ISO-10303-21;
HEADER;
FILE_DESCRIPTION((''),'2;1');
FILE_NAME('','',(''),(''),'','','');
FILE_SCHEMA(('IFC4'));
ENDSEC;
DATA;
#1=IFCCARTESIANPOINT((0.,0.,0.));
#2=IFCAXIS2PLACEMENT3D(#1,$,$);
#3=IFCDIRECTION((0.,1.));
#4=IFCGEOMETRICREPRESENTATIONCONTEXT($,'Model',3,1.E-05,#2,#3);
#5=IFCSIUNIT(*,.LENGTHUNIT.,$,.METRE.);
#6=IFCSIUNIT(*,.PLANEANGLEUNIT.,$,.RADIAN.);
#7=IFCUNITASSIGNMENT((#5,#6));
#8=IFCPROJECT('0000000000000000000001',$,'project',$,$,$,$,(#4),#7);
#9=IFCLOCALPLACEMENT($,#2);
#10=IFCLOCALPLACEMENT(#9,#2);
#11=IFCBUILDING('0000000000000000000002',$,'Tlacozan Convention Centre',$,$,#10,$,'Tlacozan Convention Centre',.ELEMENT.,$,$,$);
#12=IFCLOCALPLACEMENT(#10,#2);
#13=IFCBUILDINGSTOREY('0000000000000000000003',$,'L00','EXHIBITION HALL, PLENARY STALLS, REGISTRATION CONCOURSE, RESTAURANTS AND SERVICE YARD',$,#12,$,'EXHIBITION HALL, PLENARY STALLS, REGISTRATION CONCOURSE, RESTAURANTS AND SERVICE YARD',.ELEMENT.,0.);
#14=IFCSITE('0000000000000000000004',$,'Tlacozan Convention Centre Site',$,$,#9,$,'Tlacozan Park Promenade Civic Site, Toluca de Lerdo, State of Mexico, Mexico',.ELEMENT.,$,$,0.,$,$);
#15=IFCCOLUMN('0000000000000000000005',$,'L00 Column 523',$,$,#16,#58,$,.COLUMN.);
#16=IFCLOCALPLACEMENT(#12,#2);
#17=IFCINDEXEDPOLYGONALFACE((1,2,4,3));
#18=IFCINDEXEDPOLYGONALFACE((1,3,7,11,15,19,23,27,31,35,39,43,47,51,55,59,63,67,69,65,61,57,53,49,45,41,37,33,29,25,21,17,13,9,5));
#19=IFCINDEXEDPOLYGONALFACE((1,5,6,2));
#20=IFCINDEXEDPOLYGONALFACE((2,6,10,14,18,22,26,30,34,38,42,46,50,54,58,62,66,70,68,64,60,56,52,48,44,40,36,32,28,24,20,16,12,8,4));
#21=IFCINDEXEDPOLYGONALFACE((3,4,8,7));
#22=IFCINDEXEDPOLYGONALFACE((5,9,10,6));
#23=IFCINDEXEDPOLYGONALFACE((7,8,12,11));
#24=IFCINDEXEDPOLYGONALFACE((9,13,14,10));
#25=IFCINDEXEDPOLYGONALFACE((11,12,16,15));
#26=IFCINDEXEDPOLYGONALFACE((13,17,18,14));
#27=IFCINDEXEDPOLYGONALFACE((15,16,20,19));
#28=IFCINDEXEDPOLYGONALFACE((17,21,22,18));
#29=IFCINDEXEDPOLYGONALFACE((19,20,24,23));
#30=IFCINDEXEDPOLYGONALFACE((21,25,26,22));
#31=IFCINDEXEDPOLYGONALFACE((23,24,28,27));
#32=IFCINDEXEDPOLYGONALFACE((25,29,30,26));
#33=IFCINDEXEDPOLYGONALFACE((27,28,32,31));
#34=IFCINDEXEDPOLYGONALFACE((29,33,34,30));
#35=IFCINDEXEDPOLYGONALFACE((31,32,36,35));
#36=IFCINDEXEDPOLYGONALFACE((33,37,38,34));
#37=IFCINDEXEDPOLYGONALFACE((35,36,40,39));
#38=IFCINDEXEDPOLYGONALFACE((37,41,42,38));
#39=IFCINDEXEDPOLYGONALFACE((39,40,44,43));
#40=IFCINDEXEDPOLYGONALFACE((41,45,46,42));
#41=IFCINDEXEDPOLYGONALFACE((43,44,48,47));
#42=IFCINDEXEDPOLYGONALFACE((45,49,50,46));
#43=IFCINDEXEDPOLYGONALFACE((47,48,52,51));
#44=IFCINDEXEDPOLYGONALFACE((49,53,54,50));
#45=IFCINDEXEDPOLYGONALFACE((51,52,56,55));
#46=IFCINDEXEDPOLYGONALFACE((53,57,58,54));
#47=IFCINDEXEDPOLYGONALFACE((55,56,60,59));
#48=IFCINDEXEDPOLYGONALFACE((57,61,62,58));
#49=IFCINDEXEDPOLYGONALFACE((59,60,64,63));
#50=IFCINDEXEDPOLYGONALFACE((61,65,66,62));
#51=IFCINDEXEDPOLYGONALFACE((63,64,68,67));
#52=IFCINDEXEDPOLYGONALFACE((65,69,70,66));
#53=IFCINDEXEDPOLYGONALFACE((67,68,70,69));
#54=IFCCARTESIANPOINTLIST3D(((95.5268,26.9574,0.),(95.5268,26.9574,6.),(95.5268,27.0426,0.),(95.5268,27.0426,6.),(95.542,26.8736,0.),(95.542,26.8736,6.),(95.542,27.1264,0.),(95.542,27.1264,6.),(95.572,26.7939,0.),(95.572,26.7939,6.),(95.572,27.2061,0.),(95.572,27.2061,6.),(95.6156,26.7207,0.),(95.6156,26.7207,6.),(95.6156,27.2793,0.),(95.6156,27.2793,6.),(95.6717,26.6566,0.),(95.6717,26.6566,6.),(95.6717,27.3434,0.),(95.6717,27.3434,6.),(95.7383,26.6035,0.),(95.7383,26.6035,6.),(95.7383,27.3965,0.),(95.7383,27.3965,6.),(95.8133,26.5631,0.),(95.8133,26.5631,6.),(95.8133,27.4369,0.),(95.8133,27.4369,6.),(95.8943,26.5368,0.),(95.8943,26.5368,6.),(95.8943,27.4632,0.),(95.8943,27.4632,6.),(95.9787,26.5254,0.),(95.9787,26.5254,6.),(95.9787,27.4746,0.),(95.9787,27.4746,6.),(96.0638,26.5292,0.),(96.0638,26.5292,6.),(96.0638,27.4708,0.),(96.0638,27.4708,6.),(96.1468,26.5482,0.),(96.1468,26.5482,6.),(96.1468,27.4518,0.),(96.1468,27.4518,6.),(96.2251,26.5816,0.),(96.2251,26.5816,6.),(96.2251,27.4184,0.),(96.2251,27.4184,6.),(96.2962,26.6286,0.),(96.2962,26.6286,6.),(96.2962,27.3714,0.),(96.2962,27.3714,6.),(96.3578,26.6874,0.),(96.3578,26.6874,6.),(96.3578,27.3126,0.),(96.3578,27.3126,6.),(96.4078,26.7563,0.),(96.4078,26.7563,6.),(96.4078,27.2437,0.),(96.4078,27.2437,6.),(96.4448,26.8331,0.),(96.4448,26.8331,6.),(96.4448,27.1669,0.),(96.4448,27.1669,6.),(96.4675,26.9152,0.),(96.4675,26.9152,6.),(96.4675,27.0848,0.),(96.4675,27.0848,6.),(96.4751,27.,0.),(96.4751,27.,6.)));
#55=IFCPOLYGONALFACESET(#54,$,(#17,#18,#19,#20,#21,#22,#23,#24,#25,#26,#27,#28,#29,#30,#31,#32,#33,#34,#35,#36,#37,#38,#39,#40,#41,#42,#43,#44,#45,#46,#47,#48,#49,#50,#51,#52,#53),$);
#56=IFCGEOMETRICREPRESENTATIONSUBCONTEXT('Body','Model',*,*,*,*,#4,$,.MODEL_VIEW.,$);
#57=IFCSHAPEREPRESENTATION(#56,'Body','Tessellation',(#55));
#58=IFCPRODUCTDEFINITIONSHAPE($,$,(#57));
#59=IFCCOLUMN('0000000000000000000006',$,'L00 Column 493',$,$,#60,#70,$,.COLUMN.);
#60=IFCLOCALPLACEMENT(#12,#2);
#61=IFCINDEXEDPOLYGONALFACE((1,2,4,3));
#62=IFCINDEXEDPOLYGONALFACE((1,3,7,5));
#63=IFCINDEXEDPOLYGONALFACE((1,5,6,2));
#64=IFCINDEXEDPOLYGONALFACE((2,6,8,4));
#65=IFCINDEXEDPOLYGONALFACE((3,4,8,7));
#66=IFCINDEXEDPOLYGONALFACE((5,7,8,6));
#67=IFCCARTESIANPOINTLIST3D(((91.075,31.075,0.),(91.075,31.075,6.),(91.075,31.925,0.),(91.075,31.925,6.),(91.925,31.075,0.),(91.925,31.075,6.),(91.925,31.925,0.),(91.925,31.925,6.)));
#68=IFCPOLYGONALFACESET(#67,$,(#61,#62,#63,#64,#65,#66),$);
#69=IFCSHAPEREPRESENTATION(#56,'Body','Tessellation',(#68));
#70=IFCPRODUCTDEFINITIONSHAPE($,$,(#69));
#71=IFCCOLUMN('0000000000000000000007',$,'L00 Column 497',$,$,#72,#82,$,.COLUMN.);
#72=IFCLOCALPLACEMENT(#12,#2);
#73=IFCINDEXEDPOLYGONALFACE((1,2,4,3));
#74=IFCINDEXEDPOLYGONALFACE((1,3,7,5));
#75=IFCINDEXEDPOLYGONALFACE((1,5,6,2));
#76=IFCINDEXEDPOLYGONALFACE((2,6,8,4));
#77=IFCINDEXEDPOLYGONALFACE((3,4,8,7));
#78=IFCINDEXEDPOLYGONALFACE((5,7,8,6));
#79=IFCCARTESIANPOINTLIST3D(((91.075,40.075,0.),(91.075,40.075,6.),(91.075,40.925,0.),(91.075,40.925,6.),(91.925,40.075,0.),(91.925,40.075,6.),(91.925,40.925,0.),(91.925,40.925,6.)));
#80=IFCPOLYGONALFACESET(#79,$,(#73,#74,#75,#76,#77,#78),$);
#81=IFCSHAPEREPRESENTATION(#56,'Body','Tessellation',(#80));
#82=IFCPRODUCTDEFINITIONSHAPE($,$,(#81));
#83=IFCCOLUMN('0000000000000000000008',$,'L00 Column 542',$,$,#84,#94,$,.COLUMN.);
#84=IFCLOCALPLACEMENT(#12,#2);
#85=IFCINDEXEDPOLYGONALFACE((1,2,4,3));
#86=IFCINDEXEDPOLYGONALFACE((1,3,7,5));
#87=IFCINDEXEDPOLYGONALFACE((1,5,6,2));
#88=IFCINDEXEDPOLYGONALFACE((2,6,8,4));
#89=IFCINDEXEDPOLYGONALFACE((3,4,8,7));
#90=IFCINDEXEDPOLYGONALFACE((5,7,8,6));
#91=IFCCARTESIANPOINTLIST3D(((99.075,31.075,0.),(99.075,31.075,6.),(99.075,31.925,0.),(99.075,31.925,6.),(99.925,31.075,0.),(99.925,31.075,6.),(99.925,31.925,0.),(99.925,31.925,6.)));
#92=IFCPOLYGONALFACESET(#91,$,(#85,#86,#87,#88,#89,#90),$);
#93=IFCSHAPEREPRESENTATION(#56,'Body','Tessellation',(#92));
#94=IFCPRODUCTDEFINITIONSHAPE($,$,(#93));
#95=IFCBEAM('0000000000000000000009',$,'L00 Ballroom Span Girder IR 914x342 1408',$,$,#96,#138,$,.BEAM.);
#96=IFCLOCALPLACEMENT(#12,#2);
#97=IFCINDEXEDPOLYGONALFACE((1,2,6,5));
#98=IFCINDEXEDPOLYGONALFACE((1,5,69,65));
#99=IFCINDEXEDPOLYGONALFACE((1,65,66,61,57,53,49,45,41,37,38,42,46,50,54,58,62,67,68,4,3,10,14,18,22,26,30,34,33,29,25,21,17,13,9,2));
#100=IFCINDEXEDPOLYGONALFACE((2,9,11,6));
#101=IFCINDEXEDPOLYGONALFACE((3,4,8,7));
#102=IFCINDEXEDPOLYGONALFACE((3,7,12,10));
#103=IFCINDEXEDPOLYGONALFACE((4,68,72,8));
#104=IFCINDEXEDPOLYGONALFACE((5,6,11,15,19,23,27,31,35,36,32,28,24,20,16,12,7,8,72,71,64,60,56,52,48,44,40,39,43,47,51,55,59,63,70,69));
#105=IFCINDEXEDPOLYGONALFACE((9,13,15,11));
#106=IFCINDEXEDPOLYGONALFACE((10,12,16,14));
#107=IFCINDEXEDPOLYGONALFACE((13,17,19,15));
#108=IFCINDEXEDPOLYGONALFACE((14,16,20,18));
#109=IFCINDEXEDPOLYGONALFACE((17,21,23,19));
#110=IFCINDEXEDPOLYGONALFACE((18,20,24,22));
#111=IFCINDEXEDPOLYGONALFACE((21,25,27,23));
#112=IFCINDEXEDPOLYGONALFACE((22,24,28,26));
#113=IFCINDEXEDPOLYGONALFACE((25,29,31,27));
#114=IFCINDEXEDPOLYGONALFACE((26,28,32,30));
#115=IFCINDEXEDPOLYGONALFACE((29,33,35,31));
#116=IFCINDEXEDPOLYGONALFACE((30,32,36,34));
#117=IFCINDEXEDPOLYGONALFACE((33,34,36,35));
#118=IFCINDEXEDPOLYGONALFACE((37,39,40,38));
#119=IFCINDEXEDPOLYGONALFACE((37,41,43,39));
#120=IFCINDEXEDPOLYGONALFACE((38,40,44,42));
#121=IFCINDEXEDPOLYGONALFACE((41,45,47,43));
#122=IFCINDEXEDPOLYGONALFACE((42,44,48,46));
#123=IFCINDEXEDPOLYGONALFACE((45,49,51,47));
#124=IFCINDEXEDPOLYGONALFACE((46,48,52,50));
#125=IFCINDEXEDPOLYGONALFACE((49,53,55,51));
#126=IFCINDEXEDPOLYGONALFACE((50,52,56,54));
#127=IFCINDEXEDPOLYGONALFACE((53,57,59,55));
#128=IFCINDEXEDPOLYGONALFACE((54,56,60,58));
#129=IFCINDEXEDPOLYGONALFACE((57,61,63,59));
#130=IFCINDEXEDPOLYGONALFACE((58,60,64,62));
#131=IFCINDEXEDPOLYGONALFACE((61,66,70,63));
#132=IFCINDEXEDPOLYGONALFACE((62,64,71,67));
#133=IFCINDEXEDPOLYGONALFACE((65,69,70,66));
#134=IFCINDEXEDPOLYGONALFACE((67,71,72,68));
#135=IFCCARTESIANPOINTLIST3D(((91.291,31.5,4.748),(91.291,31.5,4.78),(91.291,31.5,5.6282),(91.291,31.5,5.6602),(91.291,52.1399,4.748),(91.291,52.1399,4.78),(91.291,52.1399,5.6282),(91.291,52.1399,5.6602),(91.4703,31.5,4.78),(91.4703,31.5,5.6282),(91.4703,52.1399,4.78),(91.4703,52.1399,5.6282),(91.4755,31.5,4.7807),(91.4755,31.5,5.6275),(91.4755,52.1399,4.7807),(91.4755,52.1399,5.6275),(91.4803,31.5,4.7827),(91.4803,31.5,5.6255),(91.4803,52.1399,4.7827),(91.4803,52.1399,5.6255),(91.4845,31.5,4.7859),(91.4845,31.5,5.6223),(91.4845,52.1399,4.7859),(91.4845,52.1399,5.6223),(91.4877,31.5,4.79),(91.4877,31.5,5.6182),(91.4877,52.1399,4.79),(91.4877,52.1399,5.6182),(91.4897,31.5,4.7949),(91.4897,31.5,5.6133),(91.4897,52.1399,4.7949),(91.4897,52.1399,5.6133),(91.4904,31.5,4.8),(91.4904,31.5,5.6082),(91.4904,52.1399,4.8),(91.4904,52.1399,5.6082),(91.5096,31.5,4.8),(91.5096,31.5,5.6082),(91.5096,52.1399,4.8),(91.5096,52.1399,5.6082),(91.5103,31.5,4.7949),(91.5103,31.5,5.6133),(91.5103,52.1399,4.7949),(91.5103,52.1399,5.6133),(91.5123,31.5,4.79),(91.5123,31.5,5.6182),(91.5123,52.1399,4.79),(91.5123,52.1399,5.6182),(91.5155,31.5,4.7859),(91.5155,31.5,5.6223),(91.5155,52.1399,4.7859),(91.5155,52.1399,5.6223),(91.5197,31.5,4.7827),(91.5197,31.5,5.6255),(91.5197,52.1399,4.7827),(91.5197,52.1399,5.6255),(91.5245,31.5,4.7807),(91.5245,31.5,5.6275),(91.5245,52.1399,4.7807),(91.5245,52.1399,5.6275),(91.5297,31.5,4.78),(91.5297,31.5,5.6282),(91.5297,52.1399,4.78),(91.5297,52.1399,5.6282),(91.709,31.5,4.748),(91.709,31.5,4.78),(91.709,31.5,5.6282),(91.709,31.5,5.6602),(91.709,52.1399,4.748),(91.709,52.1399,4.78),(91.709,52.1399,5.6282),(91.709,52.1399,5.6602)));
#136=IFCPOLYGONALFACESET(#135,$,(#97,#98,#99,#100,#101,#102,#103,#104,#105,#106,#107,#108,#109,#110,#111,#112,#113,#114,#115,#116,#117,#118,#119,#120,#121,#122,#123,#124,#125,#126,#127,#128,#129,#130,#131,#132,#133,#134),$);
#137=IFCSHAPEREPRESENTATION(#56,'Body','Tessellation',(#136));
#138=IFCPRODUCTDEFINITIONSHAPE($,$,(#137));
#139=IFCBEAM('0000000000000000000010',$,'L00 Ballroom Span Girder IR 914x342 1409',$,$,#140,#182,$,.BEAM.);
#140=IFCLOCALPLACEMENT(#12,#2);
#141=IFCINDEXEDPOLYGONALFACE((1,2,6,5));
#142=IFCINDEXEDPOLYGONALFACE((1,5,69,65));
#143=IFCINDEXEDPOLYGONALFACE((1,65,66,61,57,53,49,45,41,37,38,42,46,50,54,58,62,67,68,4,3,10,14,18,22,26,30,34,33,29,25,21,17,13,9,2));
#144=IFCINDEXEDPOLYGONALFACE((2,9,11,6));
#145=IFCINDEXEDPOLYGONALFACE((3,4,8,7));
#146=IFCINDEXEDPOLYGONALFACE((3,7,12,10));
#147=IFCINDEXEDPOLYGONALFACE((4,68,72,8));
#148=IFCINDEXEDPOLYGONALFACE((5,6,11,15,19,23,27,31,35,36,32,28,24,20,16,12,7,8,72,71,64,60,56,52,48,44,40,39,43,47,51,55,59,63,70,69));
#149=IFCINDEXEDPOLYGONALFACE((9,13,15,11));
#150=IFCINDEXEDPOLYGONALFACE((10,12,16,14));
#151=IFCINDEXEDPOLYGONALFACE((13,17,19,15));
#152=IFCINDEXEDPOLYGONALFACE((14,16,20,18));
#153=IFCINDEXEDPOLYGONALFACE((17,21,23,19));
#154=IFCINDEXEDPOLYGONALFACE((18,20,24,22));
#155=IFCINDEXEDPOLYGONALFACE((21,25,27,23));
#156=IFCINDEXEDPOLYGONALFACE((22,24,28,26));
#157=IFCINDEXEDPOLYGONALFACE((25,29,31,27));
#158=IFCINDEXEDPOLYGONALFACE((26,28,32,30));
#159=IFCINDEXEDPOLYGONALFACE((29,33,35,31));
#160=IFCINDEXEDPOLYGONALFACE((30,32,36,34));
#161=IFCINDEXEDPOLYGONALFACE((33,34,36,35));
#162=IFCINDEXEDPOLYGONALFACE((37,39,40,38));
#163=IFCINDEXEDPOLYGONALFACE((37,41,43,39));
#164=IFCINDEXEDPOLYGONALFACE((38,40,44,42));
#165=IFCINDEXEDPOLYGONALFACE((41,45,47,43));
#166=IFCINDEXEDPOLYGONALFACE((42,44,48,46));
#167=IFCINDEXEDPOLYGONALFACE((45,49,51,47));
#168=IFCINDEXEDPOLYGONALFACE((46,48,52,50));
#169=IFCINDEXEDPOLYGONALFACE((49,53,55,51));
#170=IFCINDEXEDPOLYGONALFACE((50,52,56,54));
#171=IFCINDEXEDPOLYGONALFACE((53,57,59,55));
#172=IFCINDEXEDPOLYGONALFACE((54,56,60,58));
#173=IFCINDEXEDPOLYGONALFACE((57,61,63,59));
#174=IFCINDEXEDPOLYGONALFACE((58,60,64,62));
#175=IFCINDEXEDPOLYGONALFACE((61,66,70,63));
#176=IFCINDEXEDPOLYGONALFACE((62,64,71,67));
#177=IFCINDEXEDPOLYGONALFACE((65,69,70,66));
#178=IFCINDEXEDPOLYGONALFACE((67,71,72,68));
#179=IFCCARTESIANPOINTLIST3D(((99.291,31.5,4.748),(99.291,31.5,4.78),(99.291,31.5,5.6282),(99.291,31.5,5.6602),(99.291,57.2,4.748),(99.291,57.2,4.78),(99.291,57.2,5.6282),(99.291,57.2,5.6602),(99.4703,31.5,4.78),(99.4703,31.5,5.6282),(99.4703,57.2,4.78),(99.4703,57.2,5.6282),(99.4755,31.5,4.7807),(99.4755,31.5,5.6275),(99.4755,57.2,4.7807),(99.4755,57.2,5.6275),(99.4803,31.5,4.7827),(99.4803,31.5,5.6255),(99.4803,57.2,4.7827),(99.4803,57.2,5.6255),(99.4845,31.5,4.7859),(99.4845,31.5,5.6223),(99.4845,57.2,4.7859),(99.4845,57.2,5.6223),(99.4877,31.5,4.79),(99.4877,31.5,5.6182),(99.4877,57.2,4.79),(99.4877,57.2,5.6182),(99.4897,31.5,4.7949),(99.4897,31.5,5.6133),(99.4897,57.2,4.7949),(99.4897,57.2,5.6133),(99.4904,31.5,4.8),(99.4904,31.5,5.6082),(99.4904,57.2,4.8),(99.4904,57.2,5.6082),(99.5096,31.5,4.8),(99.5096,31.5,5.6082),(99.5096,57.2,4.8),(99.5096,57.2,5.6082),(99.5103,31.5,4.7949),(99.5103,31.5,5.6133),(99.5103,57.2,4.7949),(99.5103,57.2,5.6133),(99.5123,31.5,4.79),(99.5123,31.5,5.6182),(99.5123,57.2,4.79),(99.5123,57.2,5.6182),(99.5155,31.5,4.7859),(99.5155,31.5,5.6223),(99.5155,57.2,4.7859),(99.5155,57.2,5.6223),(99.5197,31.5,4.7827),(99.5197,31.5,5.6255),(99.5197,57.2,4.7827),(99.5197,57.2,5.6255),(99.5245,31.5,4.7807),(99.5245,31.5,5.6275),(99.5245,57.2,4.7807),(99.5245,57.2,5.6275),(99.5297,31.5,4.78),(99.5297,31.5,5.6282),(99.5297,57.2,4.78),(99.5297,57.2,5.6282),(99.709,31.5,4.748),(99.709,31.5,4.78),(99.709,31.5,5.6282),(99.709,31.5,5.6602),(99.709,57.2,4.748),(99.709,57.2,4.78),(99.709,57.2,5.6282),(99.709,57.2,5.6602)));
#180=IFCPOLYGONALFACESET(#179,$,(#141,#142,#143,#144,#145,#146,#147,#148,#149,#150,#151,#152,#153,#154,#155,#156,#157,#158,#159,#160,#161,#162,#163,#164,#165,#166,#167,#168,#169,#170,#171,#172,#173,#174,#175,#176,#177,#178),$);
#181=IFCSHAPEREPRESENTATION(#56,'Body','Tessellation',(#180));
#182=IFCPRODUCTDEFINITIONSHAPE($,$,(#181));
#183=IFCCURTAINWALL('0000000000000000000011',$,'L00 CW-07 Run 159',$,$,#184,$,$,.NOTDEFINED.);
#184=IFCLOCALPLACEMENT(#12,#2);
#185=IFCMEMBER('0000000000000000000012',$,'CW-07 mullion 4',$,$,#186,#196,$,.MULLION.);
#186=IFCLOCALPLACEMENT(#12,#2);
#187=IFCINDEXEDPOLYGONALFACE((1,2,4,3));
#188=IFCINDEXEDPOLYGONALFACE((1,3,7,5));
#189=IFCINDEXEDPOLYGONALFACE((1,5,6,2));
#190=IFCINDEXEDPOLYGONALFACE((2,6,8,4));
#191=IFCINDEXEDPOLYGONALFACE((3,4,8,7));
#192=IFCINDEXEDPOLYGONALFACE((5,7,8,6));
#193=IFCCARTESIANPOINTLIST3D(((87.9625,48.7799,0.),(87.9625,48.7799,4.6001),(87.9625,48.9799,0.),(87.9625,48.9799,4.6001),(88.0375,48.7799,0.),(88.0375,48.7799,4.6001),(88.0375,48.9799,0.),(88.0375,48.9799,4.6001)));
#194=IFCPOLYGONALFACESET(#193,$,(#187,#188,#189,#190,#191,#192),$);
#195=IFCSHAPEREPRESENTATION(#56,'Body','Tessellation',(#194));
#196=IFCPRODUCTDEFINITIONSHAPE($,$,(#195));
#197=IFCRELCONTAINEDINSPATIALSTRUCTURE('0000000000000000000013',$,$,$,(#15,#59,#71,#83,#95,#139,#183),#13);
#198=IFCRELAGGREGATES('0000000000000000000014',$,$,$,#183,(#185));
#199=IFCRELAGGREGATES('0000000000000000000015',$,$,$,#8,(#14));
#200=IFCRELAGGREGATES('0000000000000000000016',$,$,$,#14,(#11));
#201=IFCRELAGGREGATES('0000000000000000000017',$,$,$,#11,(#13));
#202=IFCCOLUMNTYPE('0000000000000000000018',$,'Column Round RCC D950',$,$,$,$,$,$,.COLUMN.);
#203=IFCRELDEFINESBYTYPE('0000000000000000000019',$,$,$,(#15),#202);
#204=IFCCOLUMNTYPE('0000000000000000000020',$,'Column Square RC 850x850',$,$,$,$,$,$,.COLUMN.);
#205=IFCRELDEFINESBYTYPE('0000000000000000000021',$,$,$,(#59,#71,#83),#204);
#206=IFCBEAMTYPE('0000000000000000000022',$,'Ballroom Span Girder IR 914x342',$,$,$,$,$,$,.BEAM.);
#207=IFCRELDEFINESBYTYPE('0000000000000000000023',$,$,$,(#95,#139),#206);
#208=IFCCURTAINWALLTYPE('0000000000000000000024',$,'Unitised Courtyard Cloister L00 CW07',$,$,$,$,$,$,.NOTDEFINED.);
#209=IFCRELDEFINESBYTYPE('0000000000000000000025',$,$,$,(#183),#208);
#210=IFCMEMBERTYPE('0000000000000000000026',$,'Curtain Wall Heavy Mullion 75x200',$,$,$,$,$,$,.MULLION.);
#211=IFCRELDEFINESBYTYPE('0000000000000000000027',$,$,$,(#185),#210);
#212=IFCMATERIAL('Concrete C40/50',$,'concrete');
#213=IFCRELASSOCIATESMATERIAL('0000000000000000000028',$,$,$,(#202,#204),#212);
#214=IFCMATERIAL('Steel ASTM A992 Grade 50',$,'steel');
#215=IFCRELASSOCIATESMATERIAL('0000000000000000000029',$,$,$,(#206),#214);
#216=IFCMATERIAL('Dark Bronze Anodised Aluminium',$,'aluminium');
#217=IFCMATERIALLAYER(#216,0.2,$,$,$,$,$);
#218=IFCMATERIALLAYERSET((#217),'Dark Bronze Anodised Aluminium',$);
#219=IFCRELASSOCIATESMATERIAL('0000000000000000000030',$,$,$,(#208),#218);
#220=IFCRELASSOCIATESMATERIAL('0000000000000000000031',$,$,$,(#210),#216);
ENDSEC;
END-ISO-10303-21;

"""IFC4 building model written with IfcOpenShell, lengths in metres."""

from ifc_helpers import new_model, si_unit, direction, frame, origin, origin_2d, place, context, subcontext, project, spatial, rectangle, circle, i_section, extrude, material, layer, layer_set, material_profile, profile_set, type_object, element, aggregate, save


model = new_model("IFC4")

# Units and contexts
model_context = context("Model", 3, precision=1e-05, world=origin(), true_north=direction((0.0, 1.0)))
body_context = subcontext(model_context, "Body", "Model", "MODEL_VIEW")
ifc_project = project(units=[si_unit("LENGTHUNIT", "METRE"), si_unit("PLANEANGLEUNIT", "RADIAN")], contexts=[model_context])

# Site, building, storey
site_placement = place(None, origin())
site = spatial("IfcSite", under=ifc_project, at=site_placement, Name="Tlacozan Convention Centre Site", LongName="Tlacozan Park Promenade Civic Site, Toluca de Lerdo, State of Mexico, Mexico", CompositionType="ELEMENT", RefElevation=0.0)
building_placement = place(site_placement, origin())
building = spatial("IfcBuilding", under=site, at=building_placement, Name="Tlacozan Convention Centre", LongName="Tlacozan Convention Centre", CompositionType="ELEMENT")
storey_placement = place(building_placement, origin())
storey = spatial("IfcBuildingStorey", under=building, at=storey_placement, Name="L00", Description="EXHIBITION HALL, PLENARY STALLS, REGISTRATION CONCOURSE, RESTAURANTS AND SERVICE YARD", LongName="EXHIBITION HALL, PLENARY STALLS, REGISTRATION CONCOURSE, RESTAURANTS AND SERVICE YARD", CompositionType="ELEMENT", Elevation=0.0)

# Columns
ifc_material_1 = material(Name="Concrete C40/50", Category="concrete")
ifc_material_profile_1 = material_profile(ifc_material_1, circle(Radius=0.4751, at=origin_2d()), Name="RCC D950")
ifc_profile_set_1 = profile_set([ifc_material_profile_1], Name="Concrete C40/50")
column_type_1 = type_object("IfcColumnType", Name="Column Round RCC D950", PredefinedType="COLUMN", material=ifc_profile_set_1)
column_placement = place(storey_placement, frame((96.0, 27.0, 0.0), z_axis=(0.0, 0.0, 1.0), x_axis=(1.0, 0.0, 0.0)))
element("IfcColumn", 1, at=column_placement, inside=storey, type_object=column_type_1, Name="L00 Column 523", PredefinedType="COLUMN", context=body_context, shape_type="SweptSolid", body=[
    extrude(circle(Radius=0.4751, at=origin_2d()), origin(), (0.0, 0.0, 1.0), 6.0),
])
ifc_material_profile_2 = material_profile(ifc_material_1, rectangle(XDim=0.8501, YDim=0.8501, at=origin_2d()), Name="RC 850x850")
ifc_profile_set_2 = profile_set([ifc_material_profile_2], Name="Concrete C40/50")
column_type_2 = type_object("IfcColumnType", Name="Column Square RC 850x850", PredefinedType="COLUMN", material=ifc_profile_set_2)
for number, where, z_axis, x_axis, name in (
    (2, (91.5, 31.5, 0.0), (0.0, 0.0, 1.0), (1.0, 0.0, 0.0), "L00 Column 493"),
    (3, (91.5, 40.5, 0.0), (0.0, 0.0, 1.0), (1.0, 0.0, 0.0), "L00 Column 497"),
    (4, (99.5, 31.5, 0.0), (0.0, 0.0, 1.0), (1.0, 0.0, 0.0), "L00 Column 542"),
):
    element("IfcColumn", number, at=place(storey_placement, frame(where, z_axis=z_axis, x_axis=x_axis)), inside=storey, type_object=column_type_2, Name=name, PredefinedType="COLUMN", context=body_context, shape_type="SweptSolid", body=[
        extrude(rectangle(XDim=0.8501, YDim=0.8501, at=origin_2d()), origin(), (0.0, 0.0, 1.0), 6.0),
    ])

# Beams
ifc_material_2 = material(Name="Steel ASTM A992 Grade 50", Category="steel")
ifc_material_profile_3 = material_profile(ifc_material_2, i_section(OverallWidth=0.418, OverallDepth=0.9121, WebThickness=0.0193, FlangeThickness=0.032, FilletRadius=0.02, at=origin_2d()), Name="IR 914x342.0")
ifc_profile_set_3 = profile_set([ifc_material_profile_3], Name="Steel ASTM A992 Grade 50")
beam_type_1 = type_object("IfcBeamType", Name="Ballroom Span Girder IR 914x342", PredefinedType="BEAM", material=ifc_profile_set_3)
beam_1_placement = place(storey_placement, frame((91.5, 31.5, 5.2041), z_axis=(0.0, 1.0, 0.0), x_axis=(-1.0, 0.0, 0.0)))
element("IfcBeam", 5, at=beam_1_placement, inside=storey, type_object=beam_type_1, Name="L00 Ballroom Span Girder IR 914x342 1408", PredefinedType="BEAM", context=body_context, shape_type="SweptSolid", body=[
    extrude(i_section(OverallWidth=0.418, OverallDepth=0.9121, WebThickness=0.0193, FlangeThickness=0.032, FilletRadius=0.02, at=origin_2d()), origin(), (0.0, 0.0, 1.0), 20.6399),
])
beam_2_placement = place(storey_placement, frame((99.5, 31.5, 5.2041), z_axis=(0.0, 1.0, 0.0), x_axis=(-1.0, 0.0, 0.0)))
element("IfcBeam", 6, at=beam_2_placement, inside=storey, type_object=beam_type_1, Name="L00 Ballroom Span Girder IR 914x342 1409", PredefinedType="BEAM", context=body_context, shape_type="SweptSolid", body=[
    extrude(i_section(OverallWidth=0.418, OverallDepth=0.9121, WebThickness=0.0193, FlangeThickness=0.032, FilletRadius=0.02, at=origin_2d()), origin(), (0.0, 0.0, 1.0), 25.7),
])

# Curtain wall, member
ifc_material_3 = material(Name="Dark Bronze Anodised Aluminium", Category="aluminium")
ifc_layer_1 = layer(ifc_material_3, 0.2)
ifc_layer_set_1 = layer_set([ifc_layer_1], Name="Dark Bronze Anodised Aluminium")
curtain_wall_type = type_object("IfcCurtainWallType", Name="Unitised Courtyard Cloister L00 CW07", PredefinedType="NOTDEFINED", material=ifc_layer_set_1)
curtain_wall_placement = place(storey_placement, origin())
curtain_wall = element("IfcCurtainWall", 7, at=curtain_wall_placement, inside=storey, type_object=curtain_wall_type, Name="L00 CW-07 Run 159", PredefinedType="NOTDEFINED")
ifc_material_profile_4 = material_profile(ifc_material_3, rectangle(XDim=0.075, YDim=0.2, at=origin_2d()), Name="ALU 75x200")
ifc_profile_set_4 = profile_set([ifc_material_profile_4], Name="Dark Bronze Anodised Aluminium")
member_type_1 = type_object("IfcMemberType", Name="Curtain Wall Heavy Mullion 75x200", PredefinedType="MULLION", material=ifc_profile_set_4)
member_1_placement = place(storey_placement, frame((88.0, 48.8799, 0.0), z_axis=(0.0, 0.0, 1.0), x_axis=(-1.0, 0.0, 0.0)))
member_1 = element("IfcMember", 8, at=member_1_placement, type_object=member_type_1, Name="CW-07 mullion 4", PredefinedType="MULLION", context=body_context, shape_type="SweptSolid", body=[
    extrude(rectangle(XDim=0.075, YDim=0.2, at=origin_2d()), origin(), (0.0, 0.0, 1.0), 4.6001),
])

aggregate(curtain_wall, [member_1])

save(model, "model.ifc")
